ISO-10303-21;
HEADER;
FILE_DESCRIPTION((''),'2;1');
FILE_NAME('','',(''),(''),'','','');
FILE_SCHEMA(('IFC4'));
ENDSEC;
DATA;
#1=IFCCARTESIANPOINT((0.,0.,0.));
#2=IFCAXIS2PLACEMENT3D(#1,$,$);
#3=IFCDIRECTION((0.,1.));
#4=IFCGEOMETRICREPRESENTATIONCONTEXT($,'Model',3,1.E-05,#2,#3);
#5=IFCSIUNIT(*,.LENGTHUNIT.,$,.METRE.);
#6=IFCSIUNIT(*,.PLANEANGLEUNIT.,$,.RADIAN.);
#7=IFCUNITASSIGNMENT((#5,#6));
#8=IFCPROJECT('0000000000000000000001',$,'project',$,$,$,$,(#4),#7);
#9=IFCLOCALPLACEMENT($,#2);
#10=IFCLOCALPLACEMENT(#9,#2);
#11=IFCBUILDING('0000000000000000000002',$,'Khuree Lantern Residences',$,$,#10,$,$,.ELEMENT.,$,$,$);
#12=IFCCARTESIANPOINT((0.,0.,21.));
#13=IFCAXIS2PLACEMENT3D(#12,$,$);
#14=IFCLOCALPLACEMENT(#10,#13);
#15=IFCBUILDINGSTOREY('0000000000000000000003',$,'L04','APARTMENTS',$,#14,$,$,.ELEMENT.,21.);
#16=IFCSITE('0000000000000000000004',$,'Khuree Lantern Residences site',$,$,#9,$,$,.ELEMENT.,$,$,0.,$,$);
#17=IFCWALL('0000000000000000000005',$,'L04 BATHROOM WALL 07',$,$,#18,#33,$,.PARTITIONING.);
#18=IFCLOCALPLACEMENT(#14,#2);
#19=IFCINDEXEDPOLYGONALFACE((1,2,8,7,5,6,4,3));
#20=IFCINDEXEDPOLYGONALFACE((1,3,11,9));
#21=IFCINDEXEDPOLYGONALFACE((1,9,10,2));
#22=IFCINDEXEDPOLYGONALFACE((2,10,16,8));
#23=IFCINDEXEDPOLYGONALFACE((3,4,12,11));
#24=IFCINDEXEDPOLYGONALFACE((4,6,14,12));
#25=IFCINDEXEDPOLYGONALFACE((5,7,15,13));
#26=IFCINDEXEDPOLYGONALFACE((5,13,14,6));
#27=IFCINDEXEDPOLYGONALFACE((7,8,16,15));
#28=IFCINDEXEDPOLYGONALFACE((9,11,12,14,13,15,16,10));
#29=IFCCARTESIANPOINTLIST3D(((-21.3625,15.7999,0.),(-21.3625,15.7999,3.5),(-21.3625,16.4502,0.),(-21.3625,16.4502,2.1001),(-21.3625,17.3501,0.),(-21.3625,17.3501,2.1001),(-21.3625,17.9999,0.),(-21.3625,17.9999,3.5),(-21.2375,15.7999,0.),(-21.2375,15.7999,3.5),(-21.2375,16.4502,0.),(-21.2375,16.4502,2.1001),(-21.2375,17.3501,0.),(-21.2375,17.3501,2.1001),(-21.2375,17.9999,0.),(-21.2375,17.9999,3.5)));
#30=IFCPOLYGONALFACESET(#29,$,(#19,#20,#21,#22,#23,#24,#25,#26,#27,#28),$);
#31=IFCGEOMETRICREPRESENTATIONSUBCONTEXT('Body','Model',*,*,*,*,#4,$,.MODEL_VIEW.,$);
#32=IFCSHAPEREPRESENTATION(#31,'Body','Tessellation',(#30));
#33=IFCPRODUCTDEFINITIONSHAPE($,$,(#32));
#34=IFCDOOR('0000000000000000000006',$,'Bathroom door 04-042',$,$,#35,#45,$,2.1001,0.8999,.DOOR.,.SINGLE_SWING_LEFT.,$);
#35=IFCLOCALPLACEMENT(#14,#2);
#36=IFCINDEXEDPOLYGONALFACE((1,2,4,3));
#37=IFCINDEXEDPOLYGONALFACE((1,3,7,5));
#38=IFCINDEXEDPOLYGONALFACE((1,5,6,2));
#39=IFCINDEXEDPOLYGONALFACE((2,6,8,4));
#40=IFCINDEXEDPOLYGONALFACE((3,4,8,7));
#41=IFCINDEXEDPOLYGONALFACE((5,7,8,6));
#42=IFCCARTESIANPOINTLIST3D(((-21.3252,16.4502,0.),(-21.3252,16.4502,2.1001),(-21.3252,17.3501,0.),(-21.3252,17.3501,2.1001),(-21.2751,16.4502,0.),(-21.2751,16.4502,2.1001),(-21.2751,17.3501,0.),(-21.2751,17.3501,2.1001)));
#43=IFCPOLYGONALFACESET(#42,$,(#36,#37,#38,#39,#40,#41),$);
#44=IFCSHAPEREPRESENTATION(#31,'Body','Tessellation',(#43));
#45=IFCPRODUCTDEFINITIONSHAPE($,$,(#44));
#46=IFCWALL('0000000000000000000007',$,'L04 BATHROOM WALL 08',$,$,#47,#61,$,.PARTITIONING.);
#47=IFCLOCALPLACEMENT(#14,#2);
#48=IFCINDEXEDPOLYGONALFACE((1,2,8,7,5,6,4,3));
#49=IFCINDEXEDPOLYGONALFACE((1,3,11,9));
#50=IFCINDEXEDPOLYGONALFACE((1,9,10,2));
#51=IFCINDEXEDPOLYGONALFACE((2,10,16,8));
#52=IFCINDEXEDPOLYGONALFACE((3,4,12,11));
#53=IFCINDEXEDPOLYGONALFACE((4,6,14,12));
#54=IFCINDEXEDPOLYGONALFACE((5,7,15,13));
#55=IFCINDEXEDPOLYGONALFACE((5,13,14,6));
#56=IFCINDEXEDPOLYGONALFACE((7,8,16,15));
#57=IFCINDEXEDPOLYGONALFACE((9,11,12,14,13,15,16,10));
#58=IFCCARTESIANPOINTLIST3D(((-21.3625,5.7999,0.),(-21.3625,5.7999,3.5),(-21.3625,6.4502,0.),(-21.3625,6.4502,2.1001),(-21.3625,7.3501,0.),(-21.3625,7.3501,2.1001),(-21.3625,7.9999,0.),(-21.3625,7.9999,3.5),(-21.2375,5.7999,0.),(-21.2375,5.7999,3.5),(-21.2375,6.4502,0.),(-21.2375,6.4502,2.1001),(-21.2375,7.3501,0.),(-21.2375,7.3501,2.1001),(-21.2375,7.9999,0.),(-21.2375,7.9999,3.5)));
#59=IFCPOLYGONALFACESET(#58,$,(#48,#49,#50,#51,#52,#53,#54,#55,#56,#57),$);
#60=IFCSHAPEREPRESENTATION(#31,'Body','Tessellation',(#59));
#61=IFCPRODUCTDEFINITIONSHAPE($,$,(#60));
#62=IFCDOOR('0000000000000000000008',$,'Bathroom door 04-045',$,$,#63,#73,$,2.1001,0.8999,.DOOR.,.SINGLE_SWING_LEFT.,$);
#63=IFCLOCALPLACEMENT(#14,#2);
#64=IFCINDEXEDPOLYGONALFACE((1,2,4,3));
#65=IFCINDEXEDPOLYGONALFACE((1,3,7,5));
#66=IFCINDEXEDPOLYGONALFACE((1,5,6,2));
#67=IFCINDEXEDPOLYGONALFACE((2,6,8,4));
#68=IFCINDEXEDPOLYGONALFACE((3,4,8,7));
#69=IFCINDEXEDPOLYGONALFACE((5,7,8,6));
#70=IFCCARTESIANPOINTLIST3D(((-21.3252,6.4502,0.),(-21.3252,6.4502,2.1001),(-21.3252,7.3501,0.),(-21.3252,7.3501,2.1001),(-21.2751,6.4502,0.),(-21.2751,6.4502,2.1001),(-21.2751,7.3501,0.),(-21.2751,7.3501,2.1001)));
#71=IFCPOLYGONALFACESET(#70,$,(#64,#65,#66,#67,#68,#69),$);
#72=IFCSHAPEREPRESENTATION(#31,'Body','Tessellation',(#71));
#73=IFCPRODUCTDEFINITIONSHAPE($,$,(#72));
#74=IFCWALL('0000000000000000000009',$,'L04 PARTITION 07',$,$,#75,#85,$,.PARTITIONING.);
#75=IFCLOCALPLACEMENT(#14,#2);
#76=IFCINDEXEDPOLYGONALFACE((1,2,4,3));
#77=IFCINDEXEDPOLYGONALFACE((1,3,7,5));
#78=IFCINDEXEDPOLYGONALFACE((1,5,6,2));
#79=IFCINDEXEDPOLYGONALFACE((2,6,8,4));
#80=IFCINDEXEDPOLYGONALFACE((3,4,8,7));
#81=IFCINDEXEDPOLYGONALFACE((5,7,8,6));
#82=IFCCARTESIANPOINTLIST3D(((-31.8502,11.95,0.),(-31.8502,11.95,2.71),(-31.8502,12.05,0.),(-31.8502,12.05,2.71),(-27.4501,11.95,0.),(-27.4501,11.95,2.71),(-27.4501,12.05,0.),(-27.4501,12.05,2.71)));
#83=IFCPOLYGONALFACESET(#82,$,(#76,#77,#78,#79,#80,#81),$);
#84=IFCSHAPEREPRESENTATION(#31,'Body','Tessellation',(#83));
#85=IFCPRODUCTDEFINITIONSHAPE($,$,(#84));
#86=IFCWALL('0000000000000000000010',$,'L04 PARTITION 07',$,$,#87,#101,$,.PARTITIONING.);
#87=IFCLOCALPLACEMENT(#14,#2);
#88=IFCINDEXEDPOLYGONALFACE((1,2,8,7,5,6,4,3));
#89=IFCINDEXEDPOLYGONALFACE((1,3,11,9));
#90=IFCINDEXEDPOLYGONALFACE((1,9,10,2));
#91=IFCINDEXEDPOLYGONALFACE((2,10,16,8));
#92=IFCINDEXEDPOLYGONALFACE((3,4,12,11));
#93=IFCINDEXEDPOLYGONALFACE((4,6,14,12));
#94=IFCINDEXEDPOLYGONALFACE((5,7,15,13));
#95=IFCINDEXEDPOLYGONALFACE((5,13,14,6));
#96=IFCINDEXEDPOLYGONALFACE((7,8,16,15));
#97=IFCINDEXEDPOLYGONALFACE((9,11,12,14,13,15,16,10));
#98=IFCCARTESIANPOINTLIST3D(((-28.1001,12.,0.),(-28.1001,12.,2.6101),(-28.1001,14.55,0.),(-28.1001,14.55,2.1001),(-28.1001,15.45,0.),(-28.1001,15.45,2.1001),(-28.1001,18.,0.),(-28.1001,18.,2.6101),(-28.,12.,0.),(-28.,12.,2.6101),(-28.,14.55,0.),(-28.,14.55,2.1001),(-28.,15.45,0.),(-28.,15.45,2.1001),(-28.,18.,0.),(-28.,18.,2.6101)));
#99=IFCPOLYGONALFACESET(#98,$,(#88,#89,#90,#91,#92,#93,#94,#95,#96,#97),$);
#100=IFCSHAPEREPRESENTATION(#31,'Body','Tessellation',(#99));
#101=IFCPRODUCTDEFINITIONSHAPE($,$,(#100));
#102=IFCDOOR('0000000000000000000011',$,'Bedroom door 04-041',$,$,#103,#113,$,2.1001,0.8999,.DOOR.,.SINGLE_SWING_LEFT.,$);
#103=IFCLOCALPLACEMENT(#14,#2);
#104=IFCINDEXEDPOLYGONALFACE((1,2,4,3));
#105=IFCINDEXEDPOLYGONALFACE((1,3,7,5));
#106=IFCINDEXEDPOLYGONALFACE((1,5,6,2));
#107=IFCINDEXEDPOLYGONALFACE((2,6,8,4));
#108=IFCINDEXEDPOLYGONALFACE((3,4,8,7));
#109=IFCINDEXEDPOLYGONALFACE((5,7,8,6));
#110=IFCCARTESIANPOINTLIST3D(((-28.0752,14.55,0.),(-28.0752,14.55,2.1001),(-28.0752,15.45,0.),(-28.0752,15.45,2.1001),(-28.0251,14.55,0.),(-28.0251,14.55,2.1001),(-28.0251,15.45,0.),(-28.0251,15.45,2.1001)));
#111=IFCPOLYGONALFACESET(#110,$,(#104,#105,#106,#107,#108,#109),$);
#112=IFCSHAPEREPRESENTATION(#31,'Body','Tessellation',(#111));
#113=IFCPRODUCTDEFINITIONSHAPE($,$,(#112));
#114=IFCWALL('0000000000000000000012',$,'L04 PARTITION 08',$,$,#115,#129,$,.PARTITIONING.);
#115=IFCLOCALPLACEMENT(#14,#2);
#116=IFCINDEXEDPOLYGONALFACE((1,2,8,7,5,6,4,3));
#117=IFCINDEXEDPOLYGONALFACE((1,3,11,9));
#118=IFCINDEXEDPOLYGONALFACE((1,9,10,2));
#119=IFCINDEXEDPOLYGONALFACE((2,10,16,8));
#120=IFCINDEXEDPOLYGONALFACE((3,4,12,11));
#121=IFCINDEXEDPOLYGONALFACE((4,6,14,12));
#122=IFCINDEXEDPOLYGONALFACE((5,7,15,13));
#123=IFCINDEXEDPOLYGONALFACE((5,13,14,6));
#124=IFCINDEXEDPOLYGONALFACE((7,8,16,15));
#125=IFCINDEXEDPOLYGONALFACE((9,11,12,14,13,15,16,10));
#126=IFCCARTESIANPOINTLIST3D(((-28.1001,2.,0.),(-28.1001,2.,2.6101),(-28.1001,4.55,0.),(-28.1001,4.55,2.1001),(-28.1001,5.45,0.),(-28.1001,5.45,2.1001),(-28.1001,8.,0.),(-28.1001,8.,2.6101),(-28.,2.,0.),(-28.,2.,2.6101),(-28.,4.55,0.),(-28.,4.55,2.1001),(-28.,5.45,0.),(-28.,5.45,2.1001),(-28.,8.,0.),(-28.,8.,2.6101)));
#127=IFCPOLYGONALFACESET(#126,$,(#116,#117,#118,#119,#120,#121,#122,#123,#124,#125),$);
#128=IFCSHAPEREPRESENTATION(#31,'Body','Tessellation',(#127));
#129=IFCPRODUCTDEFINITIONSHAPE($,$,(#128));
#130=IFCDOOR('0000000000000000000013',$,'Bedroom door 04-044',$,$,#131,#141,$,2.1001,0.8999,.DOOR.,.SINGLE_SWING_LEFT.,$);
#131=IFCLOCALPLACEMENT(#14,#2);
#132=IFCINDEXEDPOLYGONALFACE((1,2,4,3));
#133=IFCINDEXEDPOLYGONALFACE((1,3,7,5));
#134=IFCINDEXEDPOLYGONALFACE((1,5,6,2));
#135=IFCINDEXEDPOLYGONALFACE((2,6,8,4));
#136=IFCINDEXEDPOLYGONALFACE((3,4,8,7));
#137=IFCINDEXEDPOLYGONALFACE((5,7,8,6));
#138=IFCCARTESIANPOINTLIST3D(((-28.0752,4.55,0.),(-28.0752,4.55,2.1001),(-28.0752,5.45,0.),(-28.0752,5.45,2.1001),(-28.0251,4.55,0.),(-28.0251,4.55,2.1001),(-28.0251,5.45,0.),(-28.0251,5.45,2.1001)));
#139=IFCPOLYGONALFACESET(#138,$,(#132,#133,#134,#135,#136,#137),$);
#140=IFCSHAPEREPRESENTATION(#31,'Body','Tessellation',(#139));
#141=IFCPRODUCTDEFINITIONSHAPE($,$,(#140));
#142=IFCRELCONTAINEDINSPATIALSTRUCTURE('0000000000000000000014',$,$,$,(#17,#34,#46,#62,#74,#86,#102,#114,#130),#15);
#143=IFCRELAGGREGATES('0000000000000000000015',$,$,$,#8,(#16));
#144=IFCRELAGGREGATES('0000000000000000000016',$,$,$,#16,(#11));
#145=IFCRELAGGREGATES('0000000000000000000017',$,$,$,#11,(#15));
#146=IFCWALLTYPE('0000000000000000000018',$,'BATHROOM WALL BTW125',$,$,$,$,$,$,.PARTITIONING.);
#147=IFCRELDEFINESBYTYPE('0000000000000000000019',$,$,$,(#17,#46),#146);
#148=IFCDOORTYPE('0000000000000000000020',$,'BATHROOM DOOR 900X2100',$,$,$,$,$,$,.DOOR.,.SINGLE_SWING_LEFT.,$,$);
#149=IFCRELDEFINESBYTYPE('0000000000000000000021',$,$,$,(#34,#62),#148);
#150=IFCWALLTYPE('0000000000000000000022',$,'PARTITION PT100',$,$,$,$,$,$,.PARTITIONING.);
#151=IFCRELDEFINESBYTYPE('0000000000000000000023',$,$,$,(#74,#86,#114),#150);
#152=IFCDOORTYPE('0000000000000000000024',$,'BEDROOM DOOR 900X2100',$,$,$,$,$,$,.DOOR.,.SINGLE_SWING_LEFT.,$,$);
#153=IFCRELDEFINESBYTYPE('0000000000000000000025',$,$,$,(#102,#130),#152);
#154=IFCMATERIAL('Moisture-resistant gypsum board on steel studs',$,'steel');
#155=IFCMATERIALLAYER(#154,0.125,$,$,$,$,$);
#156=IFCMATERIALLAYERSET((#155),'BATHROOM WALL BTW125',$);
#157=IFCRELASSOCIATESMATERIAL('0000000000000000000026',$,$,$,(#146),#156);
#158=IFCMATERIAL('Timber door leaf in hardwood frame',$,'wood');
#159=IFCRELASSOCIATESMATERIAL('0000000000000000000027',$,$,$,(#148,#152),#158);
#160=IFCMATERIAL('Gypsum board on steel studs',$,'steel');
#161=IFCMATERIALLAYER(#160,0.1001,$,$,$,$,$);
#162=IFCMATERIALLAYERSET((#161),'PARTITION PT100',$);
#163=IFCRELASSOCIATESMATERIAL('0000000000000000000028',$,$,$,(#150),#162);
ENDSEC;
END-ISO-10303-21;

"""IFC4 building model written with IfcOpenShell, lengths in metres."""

from ifc_helpers import new_model, si_unit, direction, frame, frame_2d, origin, place, context, subcontext, project, spatial, rectangle, extrude, material, layer, layer_set, type_object, element, fill, save


model = new_model("IFC4")

# Units and contexts
model_context = context("Model", 3, precision=1e-05, world=origin(), true_north=direction((0.0, 1.0)))
body_context = subcontext(model_context, "Body", "Model", "MODEL_VIEW")
ifc_project = project(units=[si_unit("LENGTHUNIT", "METRE"), si_unit("PLANEANGLEUNIT", "RADIAN")], contexts=[model_context])

# Site, building, storey
site_placement = place(None, origin())
site = spatial("IfcSite", under=ifc_project, at=site_placement, Name="Khuree Lantern Residences site", CompositionType="ELEMENT", RefElevation=0.0)
building_placement = place(site_placement, origin())
building = spatial("IfcBuilding", under=site, at=building_placement, Name="Khuree Lantern Residences", CompositionType="ELEMENT")
storey_placement = place(building_placement, frame((0.0, 0.0, 21.0)))
storey = spatial("IfcBuildingStorey", under=building, at=storey_placement, Name="L04", Description="APARTMENTS", CompositionType="ELEMENT", Elevation=21.0)

# Walls, openings, doors
ifc_material_1 = material(Name="Moisture-resistant gypsum board on steel studs", Category="steel")
ifc_layer_1 = layer(ifc_material_1, 0.125)
ifc_layer_set_1 = layer_set([ifc_layer_1], Name="BATHROOM WALL BTW125")
wall_type_1 = type_object("IfcWallType", Name="BATHROOM WALL BTW125", PredefinedType="PARTITIONING", material=ifc_layer_set_1)
wall_1_placement = place(storey_placement, frame((-21.3, 18.0, 0.0), z_axis=(0.0, 0.0, 1.0), x_axis=(0.0, -1.0, 0.0)))
wall_1 = element("IfcWall", 1, at=wall_1_placement, inside=storey, type_object=wall_type_1, Name="L04 BATHROOM WALL 07", PredefinedType="PARTITIONING", context=body_context, shape_type="SweptSolid", body=[
    extrude(rectangle(XDim=2.2, YDim=0.125, at=frame_2d((1.1001, 0.0))), origin(), (0.0, 0.0, 1.0), 3.5),
])
opening_1_placement = place(wall_1_placement, frame((0.6499, 0.0, 0.0)))
opening_1 = element("IfcOpeningElement", 2, at=opening_1_placement, cuts=wall_1, PredefinedType="OPENING", context=body_context, shape_type="SweptSolid", body=[
    extrude(rectangle(XDim=0.8999, YDim=2.1001, at=frame_2d((0.45, 1.05))), frame((0.0, 0.0725, 0.0), z_axis=(0.0, -1.0, 0.0), x_axis=(1.0, 0.0, 0.0)), (0.0, 0.0, 1.0), 0.145),
])
ifc_material_2 = material(Name="Timber door leaf in hardwood frame", Category="wood")
door_type_1 = type_object("IfcDoorType", Name="BATHROOM DOOR 900X2100", OperationType="SINGLE_SWING_LEFT", PredefinedType="DOOR", material=ifc_material_2)
door_1_placement = place(opening_1_placement, origin())
door_1 = element("IfcDoor", 3, at=door_1_placement, inside=storey, type_object=door_type_1, Name="Bathroom door 04-042", OperationType="SINGLE_SWING_LEFT", OverallHeight=2.1001, OverallWidth=0.8999, PredefinedType="DOOR", context=body_context, shape_type="SweptSolid", body=[
    extrude(rectangle(XDim=0.8999, YDim=2.1001, at=frame_2d((0.45, 1.05))), frame((0.0, 0.0249, 0.0), z_axis=(0.0, -1.0, 0.0), x_axis=(1.0, 0.0, 0.0)), (0.0, 0.0, 1.0), 0.05),
])
fill(opening_1, door_1)
wall_2_placement = place(storey_placement, frame((-21.3, 8.0, 0.0), z_axis=(0.0, 0.0, 1.0), x_axis=(0.0, -1.0, 0.0)))
wall_2 = element("IfcWall", 4, at=wall_2_placement, inside=storey, type_object=wall_type_1, Name="L04 BATHROOM WALL 08", PredefinedType="PARTITIONING", context=body_context, shape_type="SweptSolid", body=[
    extrude(rectangle(XDim=2.2, YDim=0.125, at=frame_2d((1.1001, 0.0))), origin(), (0.0, 0.0, 1.0), 3.5),
])
opening_2_placement = place(wall_2_placement, frame((0.6499, 0.0, 0.0)))
opening_2 = element("IfcOpeningElement", 5, at=opening_2_placement, cuts=wall_2, PredefinedType="OPENING", context=body_context, shape_type="SweptSolid", body=[
    extrude(rectangle(XDim=0.8999, YDim=2.1001, at=frame_2d((0.45, 1.05))), frame((0.0, 0.0725, 0.0), z_axis=(0.0, -1.0, 0.0), x_axis=(1.0, 0.0, 0.0)), (0.0, 0.0, 1.0), 0.145),
])
door_2_placement = place(opening_2_placement, origin())
door_2 = element("IfcDoor", 6, at=door_2_placement, inside=storey, type_object=door_type_1, Name="Bathroom door 04-045", OperationType="SINGLE_SWING_LEFT", OverallHeight=2.1001, OverallWidth=0.8999, PredefinedType="DOOR", context=body_context, shape_type="SweptSolid", body=[
    extrude(rectangle(XDim=0.8999, YDim=2.1001, at=frame_2d((0.45, 1.05))), frame((0.0, 0.0249, 0.0), z_axis=(0.0, -1.0, 0.0), x_axis=(1.0, 0.0, 0.0)), (0.0, 0.0, 1.0), 0.05),
])
fill(opening_2, door_2)

# Wall
ifc_material_3 = material(Name="Gypsum board on steel studs", Category="steel")
ifc_layer_2 = layer(ifc_material_3, 0.1001)
ifc_layer_set_2 = layer_set([ifc_layer_2], Name="PARTITION PT100")
wall_type_2 = type_object("IfcWallType", Name="PARTITION PT100", PredefinedType="PARTITIONING", material=ifc_layer_set_2)
wall_3_placement = place(storey_placement, frame((-27.45, 12.0, 0.0), z_axis=(0.0, 0.0, 1.0), x_axis=(-1.0, 0.0, 0.0)))
element("IfcWall", 7, at=wall_3_placement, inside=storey, type_object=wall_type_2, Name="L04 PARTITION 07", PredefinedType="PARTITIONING", context=body_context, shape_type="SweptSolid", body=[
    extrude(rectangle(XDim=4.4001, YDim=0.1001, at=frame_2d((2.2002, 0.0))), origin(), (0.0, 0.0, 1.0), 2.71),
])

# Walls, openings, doors
wall_4_placement = place(storey_placement, frame((-28.05, 18.0, 0.0), z_axis=(0.0, 0.0, 1.0), x_axis=(0.0, -1.0, 0.0)))
wall_4 = element("IfcWall", 8, at=wall_4_placement, inside=storey, type_object=wall_type_2, Name="L04 PARTITION 07", PredefinedType="PARTITIONING", context=body_context, shape_type="SweptSolid", body=[
    extrude(rectangle(XDim=6.0, YDim=0.1001, at=frame_2d((3.0, 0.0))), origin(), (0.0, 0.0, 1.0), 2.6101),
])
opening_3_placement = place(wall_4_placement, frame((2.55, 0.0, 0.0)))
opening_3 = element("IfcOpeningElement", 9, at=opening_3_placement, cuts=wall_4, PredefinedType="OPENING", context=body_context, shape_type="SweptSolid", body=[
    extrude(rectangle(XDim=0.8999, YDim=2.1001, at=frame_2d((0.45, 1.05))), frame((0.0, 0.0601, 0.0), z_axis=(0.0, -1.0, 0.0), x_axis=(1.0, 0.0, 0.0)), (0.0, 0.0, 1.0), 0.1201),
])
door_type_2 = type_object("IfcDoorType", Name="BEDROOM DOOR 900X2100", OperationType="SINGLE_SWING_LEFT", PredefinedType="DOOR", material=ifc_material_2)
door_3_placement = place(opening_3_placement, origin())
door_3 = element("IfcDoor", 10, at=door_3_placement, inside=storey, type_object=door_type_2, Name="Bedroom door 04-041", OperationType="SINGLE_SWING_LEFT", OverallHeight=2.1001, OverallWidth=0.8999, PredefinedType="DOOR", context=body_context, shape_type="SweptSolid", body=[
    extrude(rectangle(XDim=0.8999, YDim=2.1001, at=frame_2d((0.45, 1.05))), frame((0.0, 0.0249, 0.0), z_axis=(0.0, -1.0, 0.0), x_axis=(1.0, 0.0, 0.0)), (0.0, 0.0, 1.0), 0.05),
])
fill(opening_3, door_3)
wall_5_placement = place(storey_placement, frame((-28.05, 8.0, 0.0), z_axis=(0.0, 0.0, 1.0), x_axis=(0.0, -1.0, 0.0)))
wall_5 = element("IfcWall", 11, at=wall_5_placement, inside=storey, type_object=wall_type_2, Name="L04 PARTITION 08", PredefinedType="PARTITIONING", context=body_context, shape_type="SweptSolid", body=[
    extrude(rectangle(XDim=6.0, YDim=0.1001, at=frame_2d((3.0, 0.0))), origin(), (0.0, 0.0, 1.0), 2.6101),
])
opening_4_placement = place(wall_5_placement, frame((2.55, 0.0, 0.0)))
opening_4 = element("IfcOpeningElement", 12, at=opening_4_placement, cuts=wall_5, PredefinedType="OPENING", context=body_context, shape_type="SweptSolid", body=[
    extrude(rectangle(XDim=0.8999, YDim=2.1001, at=frame_2d((0.45, 1.05))), frame((0.0, 0.0601, 0.0), z_axis=(0.0, -1.0, 0.0), x_axis=(1.0, 0.0, 0.0)), (0.0, 0.0, 1.0), 0.1201),
])
door_4_placement = place(opening_4_placement, origin())
door_4 = element("IfcDoor", 13, at=door_4_placement, inside=storey, type_object=door_type_2, Name="Bedroom door 04-044", OperationType="SINGLE_SWING_LEFT", OverallHeight=2.1001, OverallWidth=0.8999, PredefinedType="DOOR", context=body_context, shape_type="SweptSolid", body=[
    extrude(rectangle(XDim=0.8999, YDim=2.1001, at=frame_2d((0.45, 1.05))), frame((0.0, 0.0249, 0.0), z_axis=(0.0, -1.0, 0.0), x_axis=(1.0, 0.0, 0.0)), (0.0, 0.0, 1.0), 0.05),
])
fill(opening_4, door_4)

save(model, "model.ifc")
